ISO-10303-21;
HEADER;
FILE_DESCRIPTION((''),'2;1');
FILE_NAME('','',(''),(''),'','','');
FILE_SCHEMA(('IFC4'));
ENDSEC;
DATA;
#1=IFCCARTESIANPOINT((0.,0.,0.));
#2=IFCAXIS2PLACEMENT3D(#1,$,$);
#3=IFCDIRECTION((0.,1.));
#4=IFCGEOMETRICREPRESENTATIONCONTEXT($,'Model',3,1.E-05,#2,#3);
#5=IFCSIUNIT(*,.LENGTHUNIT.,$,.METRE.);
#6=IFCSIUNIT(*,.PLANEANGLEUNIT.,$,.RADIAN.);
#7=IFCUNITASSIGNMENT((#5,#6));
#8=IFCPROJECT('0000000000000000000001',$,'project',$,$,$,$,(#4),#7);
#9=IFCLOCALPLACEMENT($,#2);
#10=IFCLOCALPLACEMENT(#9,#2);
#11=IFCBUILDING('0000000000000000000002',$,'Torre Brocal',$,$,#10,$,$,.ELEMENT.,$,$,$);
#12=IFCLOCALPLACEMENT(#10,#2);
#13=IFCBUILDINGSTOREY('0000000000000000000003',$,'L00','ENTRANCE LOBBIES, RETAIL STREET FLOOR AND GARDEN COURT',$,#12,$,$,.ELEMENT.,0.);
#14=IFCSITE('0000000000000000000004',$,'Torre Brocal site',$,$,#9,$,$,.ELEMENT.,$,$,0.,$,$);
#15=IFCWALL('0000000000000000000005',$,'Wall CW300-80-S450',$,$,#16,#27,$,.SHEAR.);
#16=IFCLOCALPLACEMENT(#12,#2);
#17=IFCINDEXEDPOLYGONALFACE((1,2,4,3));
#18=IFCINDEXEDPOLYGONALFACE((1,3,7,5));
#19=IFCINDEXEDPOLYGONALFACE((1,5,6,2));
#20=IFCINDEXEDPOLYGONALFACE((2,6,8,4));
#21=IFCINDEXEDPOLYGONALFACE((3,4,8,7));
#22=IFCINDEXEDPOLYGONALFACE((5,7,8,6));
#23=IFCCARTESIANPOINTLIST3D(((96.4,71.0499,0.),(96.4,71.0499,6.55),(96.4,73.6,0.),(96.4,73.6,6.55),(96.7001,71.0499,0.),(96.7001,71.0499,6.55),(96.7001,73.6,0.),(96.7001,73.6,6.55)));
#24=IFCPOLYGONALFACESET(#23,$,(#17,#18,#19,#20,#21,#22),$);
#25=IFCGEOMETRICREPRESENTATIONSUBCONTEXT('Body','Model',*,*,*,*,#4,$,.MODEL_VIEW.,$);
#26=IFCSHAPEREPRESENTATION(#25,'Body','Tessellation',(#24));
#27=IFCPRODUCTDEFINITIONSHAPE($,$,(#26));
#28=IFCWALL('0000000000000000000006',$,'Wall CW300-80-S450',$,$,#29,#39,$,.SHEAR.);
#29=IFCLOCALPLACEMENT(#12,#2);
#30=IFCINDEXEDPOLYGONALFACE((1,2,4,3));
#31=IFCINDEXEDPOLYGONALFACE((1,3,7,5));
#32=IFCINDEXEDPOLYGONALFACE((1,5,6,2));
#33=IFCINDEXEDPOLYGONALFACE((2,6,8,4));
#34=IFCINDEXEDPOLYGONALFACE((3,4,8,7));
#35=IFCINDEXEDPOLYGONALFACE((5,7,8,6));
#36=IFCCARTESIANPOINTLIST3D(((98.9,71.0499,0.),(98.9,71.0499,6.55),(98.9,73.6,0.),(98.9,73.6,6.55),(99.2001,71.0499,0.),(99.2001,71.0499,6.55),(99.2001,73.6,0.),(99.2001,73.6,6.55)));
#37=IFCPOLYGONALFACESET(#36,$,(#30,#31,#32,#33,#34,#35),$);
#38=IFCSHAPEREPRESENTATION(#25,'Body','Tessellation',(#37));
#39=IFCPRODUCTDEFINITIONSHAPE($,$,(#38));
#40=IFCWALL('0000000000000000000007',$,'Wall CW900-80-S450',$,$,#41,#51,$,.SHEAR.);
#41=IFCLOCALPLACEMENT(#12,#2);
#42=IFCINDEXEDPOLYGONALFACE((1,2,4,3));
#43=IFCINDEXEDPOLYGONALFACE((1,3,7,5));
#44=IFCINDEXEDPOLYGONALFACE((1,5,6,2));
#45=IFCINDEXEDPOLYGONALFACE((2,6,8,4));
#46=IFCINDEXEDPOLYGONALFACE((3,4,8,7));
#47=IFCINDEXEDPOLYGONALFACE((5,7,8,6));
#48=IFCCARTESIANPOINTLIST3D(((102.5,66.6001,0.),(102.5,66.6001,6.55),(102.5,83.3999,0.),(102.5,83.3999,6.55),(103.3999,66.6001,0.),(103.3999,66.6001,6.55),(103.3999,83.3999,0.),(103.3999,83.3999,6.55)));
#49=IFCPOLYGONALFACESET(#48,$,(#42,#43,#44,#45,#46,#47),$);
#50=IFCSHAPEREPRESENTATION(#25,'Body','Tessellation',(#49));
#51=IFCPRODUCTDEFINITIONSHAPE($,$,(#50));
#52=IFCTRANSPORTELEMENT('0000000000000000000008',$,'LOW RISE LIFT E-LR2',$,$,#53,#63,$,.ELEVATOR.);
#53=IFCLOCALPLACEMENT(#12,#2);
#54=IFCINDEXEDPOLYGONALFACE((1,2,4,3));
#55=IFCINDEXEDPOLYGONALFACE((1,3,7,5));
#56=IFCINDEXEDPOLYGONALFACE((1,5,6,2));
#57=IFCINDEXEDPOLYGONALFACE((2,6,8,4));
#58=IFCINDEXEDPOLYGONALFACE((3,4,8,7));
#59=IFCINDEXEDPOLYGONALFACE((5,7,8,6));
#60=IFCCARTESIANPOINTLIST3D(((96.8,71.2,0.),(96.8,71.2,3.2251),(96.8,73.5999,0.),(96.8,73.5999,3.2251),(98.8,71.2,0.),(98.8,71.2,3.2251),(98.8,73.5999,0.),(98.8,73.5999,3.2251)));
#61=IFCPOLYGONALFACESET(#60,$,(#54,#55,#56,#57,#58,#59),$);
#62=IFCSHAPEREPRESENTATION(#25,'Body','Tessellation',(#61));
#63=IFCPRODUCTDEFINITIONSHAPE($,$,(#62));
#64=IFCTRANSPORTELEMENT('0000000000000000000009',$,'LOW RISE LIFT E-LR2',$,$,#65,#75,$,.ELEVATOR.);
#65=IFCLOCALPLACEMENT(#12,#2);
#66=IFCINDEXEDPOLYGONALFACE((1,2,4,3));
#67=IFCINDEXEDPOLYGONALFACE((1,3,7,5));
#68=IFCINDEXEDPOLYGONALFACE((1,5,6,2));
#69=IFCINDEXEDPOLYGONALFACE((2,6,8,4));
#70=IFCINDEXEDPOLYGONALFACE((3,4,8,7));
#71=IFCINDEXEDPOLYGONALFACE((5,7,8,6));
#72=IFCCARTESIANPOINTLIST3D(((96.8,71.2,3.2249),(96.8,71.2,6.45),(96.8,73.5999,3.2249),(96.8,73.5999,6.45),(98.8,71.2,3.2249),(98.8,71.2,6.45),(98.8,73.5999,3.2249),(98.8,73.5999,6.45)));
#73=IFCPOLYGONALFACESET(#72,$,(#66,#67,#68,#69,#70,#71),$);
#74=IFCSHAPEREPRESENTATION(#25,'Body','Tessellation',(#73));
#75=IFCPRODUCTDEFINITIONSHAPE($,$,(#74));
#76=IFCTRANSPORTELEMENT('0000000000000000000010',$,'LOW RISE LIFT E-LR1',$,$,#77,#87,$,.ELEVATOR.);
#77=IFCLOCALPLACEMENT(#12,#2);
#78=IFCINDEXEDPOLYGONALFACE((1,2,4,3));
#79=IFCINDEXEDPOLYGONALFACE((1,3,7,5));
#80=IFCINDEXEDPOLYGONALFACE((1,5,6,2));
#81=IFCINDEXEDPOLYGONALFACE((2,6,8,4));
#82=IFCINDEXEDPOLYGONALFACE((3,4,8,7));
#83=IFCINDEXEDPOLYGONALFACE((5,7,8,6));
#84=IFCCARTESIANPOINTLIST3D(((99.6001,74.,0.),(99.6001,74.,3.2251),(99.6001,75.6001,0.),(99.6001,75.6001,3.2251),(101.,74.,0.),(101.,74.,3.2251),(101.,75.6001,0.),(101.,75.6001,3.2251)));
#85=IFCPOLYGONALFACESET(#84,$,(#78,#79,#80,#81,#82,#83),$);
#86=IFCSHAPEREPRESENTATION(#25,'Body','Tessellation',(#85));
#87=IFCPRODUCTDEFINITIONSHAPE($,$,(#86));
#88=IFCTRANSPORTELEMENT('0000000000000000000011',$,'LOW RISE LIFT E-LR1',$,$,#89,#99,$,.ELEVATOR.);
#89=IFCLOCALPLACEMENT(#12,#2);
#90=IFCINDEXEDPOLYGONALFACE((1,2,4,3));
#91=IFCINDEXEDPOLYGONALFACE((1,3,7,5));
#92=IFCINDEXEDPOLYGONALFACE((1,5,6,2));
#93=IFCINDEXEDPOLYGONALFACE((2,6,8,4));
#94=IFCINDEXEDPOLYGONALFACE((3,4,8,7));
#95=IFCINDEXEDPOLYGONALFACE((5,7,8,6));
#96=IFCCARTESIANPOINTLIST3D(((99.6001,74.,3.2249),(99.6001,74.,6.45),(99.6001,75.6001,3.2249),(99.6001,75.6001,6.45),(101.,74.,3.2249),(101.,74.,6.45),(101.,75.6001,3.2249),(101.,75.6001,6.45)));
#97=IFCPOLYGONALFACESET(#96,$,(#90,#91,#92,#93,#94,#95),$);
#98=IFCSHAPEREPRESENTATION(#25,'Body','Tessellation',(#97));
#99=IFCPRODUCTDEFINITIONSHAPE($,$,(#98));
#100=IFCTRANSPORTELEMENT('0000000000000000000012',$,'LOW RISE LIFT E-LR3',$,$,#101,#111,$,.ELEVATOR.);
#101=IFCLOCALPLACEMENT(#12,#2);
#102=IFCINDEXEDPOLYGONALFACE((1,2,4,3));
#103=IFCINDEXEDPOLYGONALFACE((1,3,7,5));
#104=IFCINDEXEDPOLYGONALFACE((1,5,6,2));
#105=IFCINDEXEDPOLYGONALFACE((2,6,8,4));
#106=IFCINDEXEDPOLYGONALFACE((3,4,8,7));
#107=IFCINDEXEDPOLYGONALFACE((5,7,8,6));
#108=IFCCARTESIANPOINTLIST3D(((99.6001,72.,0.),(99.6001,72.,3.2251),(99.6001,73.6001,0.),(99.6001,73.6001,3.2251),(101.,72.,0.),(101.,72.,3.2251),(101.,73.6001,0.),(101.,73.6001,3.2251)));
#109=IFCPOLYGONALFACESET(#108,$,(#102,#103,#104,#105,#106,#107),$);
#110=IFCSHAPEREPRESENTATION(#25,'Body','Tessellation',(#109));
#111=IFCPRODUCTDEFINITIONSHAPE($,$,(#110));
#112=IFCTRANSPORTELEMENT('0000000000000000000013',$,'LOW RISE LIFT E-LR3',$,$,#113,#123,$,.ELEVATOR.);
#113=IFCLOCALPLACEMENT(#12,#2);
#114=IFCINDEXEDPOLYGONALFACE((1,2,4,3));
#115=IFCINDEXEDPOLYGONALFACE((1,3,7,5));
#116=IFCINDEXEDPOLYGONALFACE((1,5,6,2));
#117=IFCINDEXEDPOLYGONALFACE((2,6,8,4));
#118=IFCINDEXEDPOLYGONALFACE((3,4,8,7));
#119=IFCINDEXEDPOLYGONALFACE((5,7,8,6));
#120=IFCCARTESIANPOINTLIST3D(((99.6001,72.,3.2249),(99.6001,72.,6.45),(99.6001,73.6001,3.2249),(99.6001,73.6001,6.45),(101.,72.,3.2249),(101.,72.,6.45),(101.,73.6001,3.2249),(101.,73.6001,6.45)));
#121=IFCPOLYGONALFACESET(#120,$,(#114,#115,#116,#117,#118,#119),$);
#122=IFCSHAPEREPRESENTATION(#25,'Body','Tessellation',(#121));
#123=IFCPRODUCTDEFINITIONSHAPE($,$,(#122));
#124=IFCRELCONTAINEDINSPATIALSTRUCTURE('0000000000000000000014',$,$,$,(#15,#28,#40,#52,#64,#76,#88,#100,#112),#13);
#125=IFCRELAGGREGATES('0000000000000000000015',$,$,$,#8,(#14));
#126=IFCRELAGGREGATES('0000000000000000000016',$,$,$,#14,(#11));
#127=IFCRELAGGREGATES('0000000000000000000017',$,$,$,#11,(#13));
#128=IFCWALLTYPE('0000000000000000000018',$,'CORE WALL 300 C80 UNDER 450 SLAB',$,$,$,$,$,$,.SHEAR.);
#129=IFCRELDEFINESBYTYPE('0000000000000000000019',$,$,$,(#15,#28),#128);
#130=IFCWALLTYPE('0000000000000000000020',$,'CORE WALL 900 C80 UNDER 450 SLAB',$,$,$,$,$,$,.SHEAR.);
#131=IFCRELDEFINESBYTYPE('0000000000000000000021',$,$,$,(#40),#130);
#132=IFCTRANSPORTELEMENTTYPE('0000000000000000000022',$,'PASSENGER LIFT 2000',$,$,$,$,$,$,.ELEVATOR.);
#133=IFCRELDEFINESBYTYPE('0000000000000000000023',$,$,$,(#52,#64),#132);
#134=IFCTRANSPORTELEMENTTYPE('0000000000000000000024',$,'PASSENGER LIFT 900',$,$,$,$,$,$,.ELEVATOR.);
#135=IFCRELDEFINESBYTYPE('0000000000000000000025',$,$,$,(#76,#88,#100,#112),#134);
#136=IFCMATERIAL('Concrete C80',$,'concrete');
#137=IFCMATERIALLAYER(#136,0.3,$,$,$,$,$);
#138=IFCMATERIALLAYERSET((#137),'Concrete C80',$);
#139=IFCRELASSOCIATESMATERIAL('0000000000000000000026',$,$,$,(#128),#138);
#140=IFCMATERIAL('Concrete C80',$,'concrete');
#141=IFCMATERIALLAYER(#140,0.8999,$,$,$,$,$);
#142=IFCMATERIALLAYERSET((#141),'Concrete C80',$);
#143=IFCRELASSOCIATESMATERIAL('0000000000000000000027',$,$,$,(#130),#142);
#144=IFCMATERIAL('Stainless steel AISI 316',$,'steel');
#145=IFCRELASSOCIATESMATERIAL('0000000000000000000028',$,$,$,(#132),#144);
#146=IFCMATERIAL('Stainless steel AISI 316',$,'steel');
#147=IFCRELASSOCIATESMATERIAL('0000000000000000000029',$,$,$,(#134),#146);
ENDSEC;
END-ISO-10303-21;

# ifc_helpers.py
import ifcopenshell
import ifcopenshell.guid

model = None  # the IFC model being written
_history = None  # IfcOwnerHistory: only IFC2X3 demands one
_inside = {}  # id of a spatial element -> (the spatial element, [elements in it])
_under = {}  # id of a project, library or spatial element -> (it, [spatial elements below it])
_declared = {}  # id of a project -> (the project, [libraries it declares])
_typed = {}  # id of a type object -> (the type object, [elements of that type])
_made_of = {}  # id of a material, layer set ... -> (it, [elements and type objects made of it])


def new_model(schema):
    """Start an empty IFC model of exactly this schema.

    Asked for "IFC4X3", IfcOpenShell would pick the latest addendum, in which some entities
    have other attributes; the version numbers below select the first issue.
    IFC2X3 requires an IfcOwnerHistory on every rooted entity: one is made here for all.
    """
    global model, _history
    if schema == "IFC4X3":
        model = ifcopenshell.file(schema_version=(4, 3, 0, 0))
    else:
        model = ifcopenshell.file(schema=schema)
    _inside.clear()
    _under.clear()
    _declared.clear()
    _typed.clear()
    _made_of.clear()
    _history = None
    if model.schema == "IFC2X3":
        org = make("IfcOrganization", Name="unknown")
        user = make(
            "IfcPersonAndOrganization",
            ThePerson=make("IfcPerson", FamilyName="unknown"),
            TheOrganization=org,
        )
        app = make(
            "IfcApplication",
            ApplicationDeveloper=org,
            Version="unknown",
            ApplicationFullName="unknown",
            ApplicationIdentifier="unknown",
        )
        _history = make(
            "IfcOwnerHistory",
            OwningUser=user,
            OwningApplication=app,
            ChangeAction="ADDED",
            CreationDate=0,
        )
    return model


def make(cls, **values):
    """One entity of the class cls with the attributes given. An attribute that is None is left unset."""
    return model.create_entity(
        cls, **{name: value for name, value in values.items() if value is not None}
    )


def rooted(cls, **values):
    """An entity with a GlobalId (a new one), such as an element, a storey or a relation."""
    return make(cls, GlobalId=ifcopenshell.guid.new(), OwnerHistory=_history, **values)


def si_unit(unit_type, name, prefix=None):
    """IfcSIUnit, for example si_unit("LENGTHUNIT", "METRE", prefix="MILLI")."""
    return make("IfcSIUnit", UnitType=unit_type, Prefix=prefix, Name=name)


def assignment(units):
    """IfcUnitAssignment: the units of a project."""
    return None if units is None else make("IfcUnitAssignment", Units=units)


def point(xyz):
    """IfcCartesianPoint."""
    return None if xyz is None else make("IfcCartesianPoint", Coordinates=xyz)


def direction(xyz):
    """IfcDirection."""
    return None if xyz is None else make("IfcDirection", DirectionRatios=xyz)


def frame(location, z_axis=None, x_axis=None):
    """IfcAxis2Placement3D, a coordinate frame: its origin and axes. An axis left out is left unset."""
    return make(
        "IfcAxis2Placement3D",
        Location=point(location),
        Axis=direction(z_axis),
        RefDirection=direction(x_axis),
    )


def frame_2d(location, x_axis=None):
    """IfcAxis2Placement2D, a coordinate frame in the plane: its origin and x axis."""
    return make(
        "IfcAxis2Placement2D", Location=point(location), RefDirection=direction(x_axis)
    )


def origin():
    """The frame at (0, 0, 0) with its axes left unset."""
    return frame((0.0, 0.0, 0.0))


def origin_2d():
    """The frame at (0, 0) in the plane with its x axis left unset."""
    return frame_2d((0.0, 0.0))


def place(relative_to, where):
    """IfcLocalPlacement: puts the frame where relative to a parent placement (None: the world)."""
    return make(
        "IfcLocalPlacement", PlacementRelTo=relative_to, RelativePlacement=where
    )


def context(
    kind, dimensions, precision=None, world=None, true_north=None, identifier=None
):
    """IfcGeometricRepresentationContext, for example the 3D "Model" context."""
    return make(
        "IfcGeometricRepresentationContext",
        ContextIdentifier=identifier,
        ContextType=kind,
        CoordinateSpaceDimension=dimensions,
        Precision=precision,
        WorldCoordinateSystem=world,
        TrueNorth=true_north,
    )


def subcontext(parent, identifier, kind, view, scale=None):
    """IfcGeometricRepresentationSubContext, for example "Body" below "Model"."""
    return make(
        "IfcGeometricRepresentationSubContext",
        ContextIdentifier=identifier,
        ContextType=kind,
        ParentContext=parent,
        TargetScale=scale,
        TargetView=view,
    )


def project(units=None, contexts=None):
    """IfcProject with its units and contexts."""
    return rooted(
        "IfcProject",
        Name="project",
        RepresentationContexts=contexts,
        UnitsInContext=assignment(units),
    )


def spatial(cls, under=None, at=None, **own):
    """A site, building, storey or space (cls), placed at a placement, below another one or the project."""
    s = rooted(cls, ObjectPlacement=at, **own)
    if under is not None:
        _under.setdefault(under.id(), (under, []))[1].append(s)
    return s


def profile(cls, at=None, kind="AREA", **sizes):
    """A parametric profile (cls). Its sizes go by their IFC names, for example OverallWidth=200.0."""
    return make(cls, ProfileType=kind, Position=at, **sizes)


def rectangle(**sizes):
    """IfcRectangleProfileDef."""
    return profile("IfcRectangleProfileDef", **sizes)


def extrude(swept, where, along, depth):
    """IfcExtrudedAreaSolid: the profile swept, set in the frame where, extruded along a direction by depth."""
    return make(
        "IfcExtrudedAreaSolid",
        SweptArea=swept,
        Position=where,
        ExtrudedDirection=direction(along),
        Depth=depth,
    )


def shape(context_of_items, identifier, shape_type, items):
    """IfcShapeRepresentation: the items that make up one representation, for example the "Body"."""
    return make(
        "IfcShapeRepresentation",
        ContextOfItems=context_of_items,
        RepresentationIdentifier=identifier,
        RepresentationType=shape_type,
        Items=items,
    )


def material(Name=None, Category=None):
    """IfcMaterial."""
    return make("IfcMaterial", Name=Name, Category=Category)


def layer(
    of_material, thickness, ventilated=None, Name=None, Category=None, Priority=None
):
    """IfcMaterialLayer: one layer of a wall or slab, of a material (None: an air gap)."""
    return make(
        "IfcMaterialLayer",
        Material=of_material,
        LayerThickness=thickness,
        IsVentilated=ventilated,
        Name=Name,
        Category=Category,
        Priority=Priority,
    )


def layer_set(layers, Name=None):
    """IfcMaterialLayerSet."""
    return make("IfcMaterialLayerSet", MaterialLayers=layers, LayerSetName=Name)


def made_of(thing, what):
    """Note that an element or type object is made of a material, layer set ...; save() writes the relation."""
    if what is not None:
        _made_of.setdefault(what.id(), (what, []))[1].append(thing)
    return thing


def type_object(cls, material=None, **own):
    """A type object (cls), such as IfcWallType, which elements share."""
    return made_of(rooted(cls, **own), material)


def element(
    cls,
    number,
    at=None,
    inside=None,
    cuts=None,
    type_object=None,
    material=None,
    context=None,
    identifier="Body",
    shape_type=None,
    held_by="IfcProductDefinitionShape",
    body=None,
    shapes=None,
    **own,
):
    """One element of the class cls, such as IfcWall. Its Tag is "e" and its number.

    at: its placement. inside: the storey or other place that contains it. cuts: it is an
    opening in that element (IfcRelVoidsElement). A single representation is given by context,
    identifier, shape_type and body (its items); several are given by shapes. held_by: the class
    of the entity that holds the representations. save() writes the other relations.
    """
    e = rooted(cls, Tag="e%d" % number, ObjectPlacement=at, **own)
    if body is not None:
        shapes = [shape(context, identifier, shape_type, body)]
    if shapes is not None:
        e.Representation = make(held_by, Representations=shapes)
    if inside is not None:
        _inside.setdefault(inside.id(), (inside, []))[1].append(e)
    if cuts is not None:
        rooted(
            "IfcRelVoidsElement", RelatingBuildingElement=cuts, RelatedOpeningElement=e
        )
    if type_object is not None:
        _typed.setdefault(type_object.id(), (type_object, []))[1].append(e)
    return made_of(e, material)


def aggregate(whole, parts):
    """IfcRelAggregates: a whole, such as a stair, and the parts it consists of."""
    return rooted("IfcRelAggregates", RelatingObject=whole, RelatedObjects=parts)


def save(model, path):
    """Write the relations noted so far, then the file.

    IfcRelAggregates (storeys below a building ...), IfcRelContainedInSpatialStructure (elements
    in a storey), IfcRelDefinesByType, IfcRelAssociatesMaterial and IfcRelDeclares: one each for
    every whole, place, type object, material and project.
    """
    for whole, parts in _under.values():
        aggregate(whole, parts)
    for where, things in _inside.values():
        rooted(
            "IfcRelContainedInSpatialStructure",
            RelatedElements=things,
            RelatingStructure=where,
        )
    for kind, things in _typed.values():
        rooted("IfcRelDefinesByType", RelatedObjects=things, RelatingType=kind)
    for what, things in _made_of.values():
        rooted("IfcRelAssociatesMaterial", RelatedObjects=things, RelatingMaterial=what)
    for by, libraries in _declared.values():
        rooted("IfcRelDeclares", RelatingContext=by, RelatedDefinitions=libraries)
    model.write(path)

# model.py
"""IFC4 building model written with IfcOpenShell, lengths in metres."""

from ifc_helpers import new_model, si_unit, direction, frame, frame_2d, origin, origin_2d, place, context, subcontext, project, spatial, rectangle, extrude, material, layer, layer_set, type_object, element, save


model = new_model("IFC4")

# Units and contexts
model_context = context("Model", 3, precision=1e-05, world=origin(), true_north=direction((0.0, 1.0)))
body_context = subcontext(model_context, "Body", "Model", "MODEL_VIEW")
ifc_project = project(units=[si_unit("LENGTHUNIT", "METRE"), si_unit("PLANEANGLEUNIT", "RADIAN")], contexts=[model_context])

# Site, building, storey
site_placement = place(None, origin())
site = spatial("IfcSite", under=ifc_project, at=site_placement, Name="Torre Brocal site", CompositionType="ELEMENT", RefElevation=0.0)
building_placement = place(site_placement, origin())
building = spatial("IfcBuilding", under=site, at=building_placement, Name="Torre Brocal", CompositionType="ELEMENT")
storey_placement = place(building_placement, origin())
storey = spatial("IfcBuildingStorey", under=building, at=storey_placement, Name="L00", Description="ENTRANCE LOBBIES, RETAIL STREET FLOOR AND GARDEN COURT", CompositionType="ELEMENT", Elevation=0.0)

# Walls
ifc_material_1 = material(Name="Concrete C80", Category="concrete")
ifc_layer_1 = layer(ifc_material_1, 0.3)
ifc_layer_set_1 = layer_set([ifc_layer_1], Name="Concrete C80")
wall_type_1 = type_object("IfcWallType", Name="CORE WALL 300 C80 UNDER 450 SLAB", PredefinedType="SHEAR", material=ifc_layer_set_1)
for number, where, z_axis, x_axis, name in (
    (1, (96.55, 71.05, 0.0), (0.0, 0.0, 1.0), (0.0, 1.0, 0.0), "Wall CW300-80-S450"),
    (2, (99.05, 71.05, 0.0), (0.0, 0.0, 1.0), (0.0, 1.0, 0.0), "Wall CW300-80-S450"),
):
    element("IfcWall", number, at=place(storey_placement, frame(where, z_axis=z_axis, x_axis=x_axis)), inside=storey, type_object=wall_type_1, Name=name, PredefinedType="SHEAR", context=body_context, shape_type="SweptSolid", body=[
        extrude(rectangle(XDim=2.55, YDim=0.3, at=frame_2d((1.2749, 0.0))), origin(), (0.0, 0.0, 1.0), 6.55),
    ])
ifc_material_2 = material(Name="Concrete C80", Category="concrete")
ifc_layer_2 = layer(ifc_material_2, 0.8999)
ifc_layer_set_2 = layer_set([ifc_layer_2], Name="Concrete C80")
wall_type_2 = type_object("IfcWallType", Name="CORE WALL 900 C80 UNDER 450 SLAB", PredefinedType="SHEAR", material=ifc_layer_set_2)
wall_placement = place(storey_placement, frame((102.95, 66.6001, 0.0), z_axis=(0.0, 0.0, 1.0), x_axis=(0.0, 1.0, 0.0)))
element("IfcWall", 3, at=wall_placement, inside=storey, type_object=wall_type_2, Name="Wall CW900-80-S450", PredefinedType="SHEAR", context=body_context, shape_type="SweptSolid", body=[
    extrude(rectangle(XDim=16.7998, YDim=0.8999, at=frame_2d((8.3999, 0.0))), origin(), (0.0, 0.0, 1.0), 6.55),
])

# Transport elements
ifc_material_3 = material(Name="Stainless steel AISI 316", Category="steel")
transport_element_type_1 = type_object("IfcTransportElementType", Name="PASSENGER LIFT 2000", PredefinedType="ELEVATOR", material=ifc_material_3)
for number, where, z_axis, x_axis, name in (
    (4, (97.8, 72.3999, 0.0), (0.0, 0.0, 1.0), (1.0, 0.0, 0.0), "LOW RISE LIFT E-LR2"),
    (5, (97.8, 72.3999, 3.2249), (0.0, 0.0, 1.0), (1.0, 0.0, 0.0), "LOW RISE LIFT E-LR2"),
):
    element("IfcTransportElement", number, at=place(storey_placement, frame(where, z_axis=z_axis, x_axis=x_axis)), inside=storey, type_object=transport_element_type_1, Name=name, PredefinedType="ELEVATOR", context=body_context, shape_type="SweptSolid", body=[
        extrude(rectangle(XDim=2.0, YDim=2.3999, at=origin_2d()), origin(), (0.0, 0.0, 1.0), 3.2251),
    ])
ifc_material_4 = material(Name="Stainless steel AISI 316", Category="steel")
transport_element_type_2 = type_object("IfcTransportElementType", Name="PASSENGER LIFT 900", PredefinedType="ELEVATOR", material=ifc_material_4)
for number, where, z_axis, x_axis, name in (
    (6, (100.3, 74.8, 0.0), (0.0, 0.0, 1.0), (1.0, 0.0, 0.0), "LOW RISE LIFT E-LR1"),
    (7, (100.3, 74.8, 3.2249), (0.0, 0.0, 1.0), (1.0, 0.0, 0.0), "LOW RISE LIFT E-LR1"),
    (8, (100.3, 72.8, 0.0), (0.0, 0.0, 1.0), (1.0, 0.0, 0.0), "LOW RISE LIFT E-LR3"),
    (9, (100.3, 72.8, 3.2249), (0.0, 0.0, 1.0), (1.0, 0.0, 0.0), "LOW RISE LIFT E-LR3"),
):
    element("IfcTransportElement", number, at=place(storey_placement, frame(where, z_axis=z_axis, x_axis=x_axis)), inside=storey, type_object=transport_element_type_2, Name=name, PredefinedType="ELEVATOR", context=body_context, shape_type="SweptSolid", body=[
        extrude(rectangle(XDim=1.3999, YDim=1.6001, at=origin_2d()), origin(), (0.0, 0.0, 1.0), 3.2251),
    ])

save(model, "model.ifc")
